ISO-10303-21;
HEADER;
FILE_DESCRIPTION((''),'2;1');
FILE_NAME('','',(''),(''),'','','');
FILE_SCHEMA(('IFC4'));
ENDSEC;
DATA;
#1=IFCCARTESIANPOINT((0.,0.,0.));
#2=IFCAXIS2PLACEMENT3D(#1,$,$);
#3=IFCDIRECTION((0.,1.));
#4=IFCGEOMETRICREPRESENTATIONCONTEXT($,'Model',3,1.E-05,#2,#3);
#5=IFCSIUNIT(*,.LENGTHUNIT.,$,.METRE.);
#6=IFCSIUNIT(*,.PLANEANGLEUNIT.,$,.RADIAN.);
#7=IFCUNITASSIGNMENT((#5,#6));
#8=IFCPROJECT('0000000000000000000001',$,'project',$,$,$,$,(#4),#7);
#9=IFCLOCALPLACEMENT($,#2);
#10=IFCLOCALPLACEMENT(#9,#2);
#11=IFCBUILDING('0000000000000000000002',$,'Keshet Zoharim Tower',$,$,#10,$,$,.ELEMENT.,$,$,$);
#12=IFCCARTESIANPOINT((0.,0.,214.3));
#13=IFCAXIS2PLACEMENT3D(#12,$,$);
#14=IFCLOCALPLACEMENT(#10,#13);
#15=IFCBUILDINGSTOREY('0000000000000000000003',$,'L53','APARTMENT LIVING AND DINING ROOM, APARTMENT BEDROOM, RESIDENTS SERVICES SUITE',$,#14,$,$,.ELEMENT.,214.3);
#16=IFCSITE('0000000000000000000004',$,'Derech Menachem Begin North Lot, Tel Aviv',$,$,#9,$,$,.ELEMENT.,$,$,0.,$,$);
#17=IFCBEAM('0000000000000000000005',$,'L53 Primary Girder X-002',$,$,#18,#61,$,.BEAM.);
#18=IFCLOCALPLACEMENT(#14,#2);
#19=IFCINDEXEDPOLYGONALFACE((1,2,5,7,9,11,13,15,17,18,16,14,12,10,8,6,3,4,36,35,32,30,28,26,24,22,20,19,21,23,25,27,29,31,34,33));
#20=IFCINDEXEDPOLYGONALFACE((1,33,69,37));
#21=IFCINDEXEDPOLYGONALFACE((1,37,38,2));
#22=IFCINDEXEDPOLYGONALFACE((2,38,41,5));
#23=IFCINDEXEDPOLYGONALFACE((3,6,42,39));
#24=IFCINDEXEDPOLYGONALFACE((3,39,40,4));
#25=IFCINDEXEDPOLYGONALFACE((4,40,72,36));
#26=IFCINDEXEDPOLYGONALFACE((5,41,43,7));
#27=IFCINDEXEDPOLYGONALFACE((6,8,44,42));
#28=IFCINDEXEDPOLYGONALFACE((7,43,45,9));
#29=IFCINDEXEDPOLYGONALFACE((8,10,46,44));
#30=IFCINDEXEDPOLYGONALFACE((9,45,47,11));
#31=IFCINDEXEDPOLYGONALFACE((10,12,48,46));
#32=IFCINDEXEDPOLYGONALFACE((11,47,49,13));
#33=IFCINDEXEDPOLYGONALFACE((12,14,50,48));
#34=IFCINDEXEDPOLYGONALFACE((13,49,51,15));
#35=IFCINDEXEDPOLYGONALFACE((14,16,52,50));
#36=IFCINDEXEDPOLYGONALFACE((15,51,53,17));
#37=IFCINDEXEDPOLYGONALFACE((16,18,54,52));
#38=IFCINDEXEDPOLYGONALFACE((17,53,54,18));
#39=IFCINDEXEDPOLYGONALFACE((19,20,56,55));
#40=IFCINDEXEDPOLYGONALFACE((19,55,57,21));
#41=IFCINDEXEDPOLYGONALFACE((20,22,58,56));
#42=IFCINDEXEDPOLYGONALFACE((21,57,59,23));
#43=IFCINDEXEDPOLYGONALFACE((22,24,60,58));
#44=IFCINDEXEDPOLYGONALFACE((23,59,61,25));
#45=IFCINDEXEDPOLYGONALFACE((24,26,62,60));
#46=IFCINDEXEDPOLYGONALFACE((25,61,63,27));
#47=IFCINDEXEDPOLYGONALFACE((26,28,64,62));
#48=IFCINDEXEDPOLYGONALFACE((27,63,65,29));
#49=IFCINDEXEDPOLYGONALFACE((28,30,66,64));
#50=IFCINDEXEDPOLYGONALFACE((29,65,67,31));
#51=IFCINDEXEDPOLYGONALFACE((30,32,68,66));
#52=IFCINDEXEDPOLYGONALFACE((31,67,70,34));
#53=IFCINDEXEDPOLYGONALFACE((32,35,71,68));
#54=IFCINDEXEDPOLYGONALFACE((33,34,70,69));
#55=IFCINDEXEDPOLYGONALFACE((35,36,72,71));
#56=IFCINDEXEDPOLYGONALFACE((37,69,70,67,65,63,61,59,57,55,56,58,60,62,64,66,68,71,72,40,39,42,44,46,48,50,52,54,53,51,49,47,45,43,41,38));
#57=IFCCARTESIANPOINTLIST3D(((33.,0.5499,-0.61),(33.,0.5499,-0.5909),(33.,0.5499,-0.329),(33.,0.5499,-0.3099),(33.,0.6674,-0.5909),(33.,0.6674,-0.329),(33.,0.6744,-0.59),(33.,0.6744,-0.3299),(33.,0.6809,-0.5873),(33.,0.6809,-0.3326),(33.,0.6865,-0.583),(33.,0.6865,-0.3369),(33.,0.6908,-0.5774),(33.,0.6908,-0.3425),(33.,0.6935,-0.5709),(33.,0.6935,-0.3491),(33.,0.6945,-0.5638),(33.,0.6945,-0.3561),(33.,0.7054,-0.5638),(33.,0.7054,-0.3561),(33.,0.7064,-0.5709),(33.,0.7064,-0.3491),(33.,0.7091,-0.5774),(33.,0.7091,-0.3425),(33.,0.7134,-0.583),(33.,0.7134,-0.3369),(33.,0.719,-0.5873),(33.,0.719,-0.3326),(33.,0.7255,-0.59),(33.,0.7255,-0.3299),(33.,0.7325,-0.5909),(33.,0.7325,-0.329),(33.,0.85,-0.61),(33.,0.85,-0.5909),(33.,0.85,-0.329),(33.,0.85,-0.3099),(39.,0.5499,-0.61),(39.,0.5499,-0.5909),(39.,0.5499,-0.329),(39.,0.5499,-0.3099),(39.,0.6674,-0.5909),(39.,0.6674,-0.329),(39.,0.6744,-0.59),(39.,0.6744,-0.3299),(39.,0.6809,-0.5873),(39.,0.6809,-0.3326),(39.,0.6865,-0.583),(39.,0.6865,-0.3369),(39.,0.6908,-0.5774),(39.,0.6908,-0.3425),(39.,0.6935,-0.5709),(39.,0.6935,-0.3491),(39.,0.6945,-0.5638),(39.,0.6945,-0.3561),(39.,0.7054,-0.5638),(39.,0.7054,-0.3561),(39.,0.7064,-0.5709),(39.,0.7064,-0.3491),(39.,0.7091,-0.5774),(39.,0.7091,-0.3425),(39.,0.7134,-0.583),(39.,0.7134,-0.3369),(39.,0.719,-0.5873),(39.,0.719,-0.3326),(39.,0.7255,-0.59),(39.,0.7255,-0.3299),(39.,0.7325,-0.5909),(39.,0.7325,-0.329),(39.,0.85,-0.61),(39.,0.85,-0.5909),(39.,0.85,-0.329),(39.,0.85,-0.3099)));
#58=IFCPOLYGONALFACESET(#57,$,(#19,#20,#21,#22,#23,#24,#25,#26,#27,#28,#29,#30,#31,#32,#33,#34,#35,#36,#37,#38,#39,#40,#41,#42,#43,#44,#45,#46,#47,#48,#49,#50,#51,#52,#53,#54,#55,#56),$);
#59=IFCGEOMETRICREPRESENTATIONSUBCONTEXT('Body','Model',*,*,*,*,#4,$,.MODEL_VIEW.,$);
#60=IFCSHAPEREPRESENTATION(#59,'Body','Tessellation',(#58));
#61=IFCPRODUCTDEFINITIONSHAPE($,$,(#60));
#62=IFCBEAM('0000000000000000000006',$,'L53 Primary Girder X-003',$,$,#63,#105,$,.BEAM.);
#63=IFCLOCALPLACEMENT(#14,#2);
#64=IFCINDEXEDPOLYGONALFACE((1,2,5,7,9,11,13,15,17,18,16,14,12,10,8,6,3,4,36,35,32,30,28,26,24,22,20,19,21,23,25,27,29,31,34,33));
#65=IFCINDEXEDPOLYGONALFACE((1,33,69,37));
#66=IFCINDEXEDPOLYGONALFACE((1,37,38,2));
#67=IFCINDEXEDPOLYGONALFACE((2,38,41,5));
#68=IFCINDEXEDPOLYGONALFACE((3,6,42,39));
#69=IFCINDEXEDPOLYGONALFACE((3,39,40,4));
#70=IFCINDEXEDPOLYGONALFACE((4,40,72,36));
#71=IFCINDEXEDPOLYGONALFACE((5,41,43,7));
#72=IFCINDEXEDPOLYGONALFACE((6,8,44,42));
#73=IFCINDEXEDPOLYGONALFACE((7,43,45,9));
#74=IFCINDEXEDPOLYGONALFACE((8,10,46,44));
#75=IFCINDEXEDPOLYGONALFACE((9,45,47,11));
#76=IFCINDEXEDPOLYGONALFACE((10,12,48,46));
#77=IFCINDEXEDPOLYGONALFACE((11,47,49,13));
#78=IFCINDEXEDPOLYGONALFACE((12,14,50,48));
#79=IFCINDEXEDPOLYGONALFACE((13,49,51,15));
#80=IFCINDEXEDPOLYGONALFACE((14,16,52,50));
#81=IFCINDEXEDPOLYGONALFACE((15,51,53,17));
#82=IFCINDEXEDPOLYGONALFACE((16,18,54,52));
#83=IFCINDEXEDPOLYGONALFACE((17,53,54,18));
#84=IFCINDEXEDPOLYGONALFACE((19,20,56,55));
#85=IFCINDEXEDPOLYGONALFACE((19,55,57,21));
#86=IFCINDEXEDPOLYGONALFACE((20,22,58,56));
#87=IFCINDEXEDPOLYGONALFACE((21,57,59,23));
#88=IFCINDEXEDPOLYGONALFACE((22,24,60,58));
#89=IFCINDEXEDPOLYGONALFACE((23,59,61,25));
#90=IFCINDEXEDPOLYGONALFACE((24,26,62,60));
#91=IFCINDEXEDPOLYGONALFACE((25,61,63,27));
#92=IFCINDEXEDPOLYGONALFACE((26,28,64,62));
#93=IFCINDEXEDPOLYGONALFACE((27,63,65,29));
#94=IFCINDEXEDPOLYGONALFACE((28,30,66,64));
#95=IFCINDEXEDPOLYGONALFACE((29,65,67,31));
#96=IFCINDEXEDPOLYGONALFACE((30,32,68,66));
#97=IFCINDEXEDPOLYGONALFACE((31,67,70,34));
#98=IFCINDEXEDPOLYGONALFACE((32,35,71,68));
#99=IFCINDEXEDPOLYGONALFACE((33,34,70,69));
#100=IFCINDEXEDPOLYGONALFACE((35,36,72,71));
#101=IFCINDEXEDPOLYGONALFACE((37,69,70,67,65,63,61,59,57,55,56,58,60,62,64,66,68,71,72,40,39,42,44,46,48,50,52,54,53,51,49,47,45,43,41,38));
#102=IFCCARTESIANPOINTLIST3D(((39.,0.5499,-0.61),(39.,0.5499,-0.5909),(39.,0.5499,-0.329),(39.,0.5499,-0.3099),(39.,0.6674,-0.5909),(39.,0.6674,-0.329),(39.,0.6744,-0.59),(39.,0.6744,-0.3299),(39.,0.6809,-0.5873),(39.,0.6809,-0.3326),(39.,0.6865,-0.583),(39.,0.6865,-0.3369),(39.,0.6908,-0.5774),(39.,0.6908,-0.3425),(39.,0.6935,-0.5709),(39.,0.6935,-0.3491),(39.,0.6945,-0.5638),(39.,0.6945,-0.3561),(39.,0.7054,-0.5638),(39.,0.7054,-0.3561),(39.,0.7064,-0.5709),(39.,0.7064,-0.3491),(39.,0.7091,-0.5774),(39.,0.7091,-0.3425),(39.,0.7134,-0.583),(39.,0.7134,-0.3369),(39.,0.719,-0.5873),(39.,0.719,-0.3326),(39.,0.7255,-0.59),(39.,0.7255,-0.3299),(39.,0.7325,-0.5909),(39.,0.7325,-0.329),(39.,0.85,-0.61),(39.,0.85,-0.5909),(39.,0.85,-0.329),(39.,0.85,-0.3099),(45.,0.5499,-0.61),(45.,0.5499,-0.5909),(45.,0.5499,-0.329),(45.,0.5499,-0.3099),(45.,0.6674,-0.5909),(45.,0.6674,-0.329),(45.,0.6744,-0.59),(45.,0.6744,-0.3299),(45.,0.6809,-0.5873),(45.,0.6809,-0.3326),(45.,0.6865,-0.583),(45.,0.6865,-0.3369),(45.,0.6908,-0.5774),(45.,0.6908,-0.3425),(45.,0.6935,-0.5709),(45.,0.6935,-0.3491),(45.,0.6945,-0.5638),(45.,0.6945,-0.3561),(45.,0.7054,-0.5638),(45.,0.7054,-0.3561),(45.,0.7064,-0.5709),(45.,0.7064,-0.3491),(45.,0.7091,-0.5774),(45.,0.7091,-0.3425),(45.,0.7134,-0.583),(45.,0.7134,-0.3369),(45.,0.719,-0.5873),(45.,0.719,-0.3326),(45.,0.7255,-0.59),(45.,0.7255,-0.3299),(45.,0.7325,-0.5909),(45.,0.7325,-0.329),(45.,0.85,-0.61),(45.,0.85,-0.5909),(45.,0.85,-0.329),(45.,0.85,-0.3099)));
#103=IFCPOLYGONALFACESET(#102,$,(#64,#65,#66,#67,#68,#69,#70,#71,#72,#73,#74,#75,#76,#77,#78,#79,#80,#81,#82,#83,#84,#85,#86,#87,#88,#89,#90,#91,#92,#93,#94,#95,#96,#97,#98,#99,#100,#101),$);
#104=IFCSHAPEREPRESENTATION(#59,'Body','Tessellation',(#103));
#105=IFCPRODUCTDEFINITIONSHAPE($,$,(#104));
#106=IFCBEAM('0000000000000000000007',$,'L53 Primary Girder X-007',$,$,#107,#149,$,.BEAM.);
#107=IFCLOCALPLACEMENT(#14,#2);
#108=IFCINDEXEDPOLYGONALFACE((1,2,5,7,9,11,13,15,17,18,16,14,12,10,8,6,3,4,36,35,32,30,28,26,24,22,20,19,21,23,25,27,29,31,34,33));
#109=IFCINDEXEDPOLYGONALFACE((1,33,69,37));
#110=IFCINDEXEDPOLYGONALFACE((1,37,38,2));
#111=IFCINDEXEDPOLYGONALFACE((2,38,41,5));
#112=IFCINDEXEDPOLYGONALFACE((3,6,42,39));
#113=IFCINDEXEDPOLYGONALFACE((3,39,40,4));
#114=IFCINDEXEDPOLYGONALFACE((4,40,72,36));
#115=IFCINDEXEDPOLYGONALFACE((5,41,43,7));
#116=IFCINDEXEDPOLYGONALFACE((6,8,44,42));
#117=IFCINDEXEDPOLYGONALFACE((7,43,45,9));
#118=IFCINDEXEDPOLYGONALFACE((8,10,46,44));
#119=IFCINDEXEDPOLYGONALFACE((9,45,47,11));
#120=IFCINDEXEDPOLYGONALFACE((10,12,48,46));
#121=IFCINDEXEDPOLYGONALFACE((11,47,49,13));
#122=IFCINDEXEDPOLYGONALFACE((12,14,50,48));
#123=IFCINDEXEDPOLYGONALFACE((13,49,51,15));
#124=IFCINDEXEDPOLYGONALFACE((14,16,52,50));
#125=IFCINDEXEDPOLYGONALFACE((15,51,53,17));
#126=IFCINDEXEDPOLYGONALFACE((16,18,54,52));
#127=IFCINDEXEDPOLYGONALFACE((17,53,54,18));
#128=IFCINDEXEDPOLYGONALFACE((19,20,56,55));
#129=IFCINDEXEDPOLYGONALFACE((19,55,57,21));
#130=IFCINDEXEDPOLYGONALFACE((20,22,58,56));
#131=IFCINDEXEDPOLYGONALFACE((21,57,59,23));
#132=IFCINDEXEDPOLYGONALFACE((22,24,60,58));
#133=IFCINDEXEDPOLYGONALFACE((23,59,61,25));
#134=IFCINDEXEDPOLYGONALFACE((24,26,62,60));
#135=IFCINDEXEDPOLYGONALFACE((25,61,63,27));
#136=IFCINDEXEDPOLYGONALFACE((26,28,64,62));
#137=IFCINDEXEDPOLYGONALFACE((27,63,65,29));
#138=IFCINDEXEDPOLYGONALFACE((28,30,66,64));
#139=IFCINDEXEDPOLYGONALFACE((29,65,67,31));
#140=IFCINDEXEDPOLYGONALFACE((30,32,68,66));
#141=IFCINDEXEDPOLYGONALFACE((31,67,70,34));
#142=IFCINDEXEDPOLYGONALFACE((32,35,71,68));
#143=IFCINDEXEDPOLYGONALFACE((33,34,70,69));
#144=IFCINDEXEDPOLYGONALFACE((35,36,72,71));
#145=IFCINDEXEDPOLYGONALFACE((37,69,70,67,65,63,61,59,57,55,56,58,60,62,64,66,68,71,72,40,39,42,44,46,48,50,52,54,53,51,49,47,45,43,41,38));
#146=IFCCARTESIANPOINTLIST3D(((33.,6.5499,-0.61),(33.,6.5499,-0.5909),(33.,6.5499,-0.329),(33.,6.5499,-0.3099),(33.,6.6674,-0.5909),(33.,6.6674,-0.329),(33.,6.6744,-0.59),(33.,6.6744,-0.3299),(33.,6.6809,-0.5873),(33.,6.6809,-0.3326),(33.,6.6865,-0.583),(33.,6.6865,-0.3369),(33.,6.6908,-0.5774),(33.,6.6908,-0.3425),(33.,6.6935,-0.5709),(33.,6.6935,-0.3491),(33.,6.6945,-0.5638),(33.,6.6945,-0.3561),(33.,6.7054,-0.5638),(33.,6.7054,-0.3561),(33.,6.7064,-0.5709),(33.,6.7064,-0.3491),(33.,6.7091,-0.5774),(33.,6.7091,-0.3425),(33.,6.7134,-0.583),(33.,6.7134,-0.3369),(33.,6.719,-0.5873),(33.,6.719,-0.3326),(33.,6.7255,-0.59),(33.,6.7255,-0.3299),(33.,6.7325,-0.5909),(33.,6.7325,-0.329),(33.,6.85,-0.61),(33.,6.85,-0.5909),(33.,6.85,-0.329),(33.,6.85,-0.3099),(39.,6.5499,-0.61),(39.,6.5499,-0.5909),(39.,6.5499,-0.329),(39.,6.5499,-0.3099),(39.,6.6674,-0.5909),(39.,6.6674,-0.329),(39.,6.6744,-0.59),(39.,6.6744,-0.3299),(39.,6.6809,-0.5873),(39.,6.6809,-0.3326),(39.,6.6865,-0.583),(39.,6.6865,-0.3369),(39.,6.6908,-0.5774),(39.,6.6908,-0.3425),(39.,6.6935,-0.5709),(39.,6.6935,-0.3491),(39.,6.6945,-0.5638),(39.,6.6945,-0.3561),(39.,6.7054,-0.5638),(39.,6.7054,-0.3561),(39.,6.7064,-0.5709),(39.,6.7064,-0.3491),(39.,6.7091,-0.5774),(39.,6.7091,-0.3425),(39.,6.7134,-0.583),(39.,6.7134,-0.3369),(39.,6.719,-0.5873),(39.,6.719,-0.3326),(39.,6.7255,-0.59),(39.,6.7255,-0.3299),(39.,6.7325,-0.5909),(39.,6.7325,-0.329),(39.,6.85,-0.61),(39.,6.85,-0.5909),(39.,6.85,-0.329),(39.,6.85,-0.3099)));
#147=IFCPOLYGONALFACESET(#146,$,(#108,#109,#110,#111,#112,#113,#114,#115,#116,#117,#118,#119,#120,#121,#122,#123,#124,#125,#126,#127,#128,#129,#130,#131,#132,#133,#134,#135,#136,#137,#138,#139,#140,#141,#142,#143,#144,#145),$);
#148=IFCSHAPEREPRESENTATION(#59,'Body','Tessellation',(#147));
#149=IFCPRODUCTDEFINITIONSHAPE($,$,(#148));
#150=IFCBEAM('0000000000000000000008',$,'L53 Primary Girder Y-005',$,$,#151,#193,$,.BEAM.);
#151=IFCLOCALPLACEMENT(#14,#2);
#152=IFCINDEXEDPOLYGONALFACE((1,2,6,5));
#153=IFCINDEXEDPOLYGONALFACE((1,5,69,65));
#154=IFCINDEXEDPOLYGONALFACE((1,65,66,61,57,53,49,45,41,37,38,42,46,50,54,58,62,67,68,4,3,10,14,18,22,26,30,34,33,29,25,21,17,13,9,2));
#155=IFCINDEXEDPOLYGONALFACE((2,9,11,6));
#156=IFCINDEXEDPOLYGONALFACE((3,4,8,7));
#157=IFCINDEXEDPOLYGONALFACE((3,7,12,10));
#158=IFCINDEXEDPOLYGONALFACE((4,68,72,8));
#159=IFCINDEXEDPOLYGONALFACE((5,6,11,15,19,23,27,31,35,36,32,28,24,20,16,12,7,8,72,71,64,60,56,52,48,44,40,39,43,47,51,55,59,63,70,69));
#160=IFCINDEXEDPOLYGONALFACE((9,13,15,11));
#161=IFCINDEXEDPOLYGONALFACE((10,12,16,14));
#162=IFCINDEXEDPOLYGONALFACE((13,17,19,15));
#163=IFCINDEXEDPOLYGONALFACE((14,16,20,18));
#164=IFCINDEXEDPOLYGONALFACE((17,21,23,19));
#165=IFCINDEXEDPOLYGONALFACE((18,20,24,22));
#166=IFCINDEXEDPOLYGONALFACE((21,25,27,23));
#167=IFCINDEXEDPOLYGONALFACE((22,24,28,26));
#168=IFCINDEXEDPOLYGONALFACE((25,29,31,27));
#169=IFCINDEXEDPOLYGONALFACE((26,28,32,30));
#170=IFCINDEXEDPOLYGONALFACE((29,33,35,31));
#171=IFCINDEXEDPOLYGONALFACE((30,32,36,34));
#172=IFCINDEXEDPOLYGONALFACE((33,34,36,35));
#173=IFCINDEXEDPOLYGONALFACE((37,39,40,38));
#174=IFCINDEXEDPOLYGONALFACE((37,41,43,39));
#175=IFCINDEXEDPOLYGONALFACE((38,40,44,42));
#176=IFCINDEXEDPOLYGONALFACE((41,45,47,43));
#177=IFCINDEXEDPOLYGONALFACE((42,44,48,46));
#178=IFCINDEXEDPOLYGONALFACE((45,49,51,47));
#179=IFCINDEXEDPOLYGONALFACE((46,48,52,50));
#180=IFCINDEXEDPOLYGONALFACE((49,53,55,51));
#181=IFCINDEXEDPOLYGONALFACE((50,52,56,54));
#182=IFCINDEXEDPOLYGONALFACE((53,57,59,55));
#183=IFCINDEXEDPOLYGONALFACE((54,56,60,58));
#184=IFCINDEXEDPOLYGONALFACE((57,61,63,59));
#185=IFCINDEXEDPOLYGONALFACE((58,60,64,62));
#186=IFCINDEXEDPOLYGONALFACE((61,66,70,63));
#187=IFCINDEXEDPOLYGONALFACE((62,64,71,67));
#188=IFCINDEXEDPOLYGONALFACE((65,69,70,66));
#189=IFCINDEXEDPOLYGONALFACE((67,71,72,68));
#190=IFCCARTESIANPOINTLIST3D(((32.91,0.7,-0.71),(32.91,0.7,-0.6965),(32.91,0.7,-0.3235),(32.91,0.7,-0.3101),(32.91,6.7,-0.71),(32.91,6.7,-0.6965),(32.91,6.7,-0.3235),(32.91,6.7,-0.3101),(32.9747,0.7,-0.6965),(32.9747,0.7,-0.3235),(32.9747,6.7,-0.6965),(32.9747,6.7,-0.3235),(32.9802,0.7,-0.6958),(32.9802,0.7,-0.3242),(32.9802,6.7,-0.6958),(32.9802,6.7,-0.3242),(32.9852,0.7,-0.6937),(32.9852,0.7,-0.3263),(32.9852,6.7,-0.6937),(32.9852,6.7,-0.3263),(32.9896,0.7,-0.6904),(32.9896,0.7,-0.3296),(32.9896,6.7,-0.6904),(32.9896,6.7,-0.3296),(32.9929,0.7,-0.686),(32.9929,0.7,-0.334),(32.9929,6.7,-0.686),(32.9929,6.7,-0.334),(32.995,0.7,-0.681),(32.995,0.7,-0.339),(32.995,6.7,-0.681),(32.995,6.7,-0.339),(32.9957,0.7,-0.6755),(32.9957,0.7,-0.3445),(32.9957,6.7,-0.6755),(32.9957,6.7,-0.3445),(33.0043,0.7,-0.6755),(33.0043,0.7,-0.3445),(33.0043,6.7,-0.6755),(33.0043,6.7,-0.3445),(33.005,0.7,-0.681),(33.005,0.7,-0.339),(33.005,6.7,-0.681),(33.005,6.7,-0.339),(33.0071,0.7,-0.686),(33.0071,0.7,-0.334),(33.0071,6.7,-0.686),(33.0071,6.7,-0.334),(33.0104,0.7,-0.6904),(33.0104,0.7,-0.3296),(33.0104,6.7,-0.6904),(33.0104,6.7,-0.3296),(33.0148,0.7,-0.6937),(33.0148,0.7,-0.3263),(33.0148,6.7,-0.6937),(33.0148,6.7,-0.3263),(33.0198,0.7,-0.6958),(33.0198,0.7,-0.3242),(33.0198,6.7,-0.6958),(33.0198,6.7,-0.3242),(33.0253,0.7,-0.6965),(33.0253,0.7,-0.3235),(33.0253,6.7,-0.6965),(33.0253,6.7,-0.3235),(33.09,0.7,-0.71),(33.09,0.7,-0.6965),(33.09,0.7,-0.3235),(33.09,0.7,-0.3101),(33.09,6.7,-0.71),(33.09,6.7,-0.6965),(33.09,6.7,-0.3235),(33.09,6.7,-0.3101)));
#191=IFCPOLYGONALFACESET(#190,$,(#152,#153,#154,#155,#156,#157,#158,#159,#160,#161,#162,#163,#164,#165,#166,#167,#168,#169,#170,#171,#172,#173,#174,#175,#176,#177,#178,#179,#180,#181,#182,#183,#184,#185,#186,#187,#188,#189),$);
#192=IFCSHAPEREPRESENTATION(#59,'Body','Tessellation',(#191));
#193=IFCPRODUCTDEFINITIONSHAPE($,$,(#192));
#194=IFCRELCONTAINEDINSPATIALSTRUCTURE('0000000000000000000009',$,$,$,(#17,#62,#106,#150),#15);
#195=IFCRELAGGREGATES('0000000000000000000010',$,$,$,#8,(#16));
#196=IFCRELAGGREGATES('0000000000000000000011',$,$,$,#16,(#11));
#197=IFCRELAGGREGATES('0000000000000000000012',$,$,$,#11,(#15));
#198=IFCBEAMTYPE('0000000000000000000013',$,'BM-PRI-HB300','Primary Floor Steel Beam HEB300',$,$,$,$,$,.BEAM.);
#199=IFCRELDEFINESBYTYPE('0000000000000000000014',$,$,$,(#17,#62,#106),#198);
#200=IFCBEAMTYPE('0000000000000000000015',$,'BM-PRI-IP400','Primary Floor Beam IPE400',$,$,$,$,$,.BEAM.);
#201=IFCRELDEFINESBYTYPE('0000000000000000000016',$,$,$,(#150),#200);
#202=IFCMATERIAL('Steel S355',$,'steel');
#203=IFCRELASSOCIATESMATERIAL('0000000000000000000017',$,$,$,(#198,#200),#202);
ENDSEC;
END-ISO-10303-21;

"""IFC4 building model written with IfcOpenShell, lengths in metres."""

from ifc_helpers import new_model, si_unit, direction, frame, origin, origin_2d, place, context, subcontext, project, spatial, i_section, extrude, material, material_profile, profile_set, type_object, element, save


model = new_model("IFC4")

# Units and contexts
model_context = context("Model", 3, precision=1e-05, world=origin(), true_north=direction((0.0, 1.0)))
body_context = subcontext(model_context, "Body", "Model", "MODEL_VIEW")
ifc_project = project(units=[si_unit("LENGTHUNIT", "METRE"), si_unit("PLANEANGLEUNIT", "RADIAN")], contexts=[model_context])

# Site, building, storey
site_placement = place(None, origin())
site = spatial("IfcSite", under=ifc_project, at=site_placement, Name="Derech Menachem Begin North Lot, Tel Aviv", CompositionType="ELEMENT", RefElevation=0.0)
building_placement = place(site_placement, origin())
building = spatial("IfcBuilding", under=site, at=building_placement, Name="Keshet Zoharim Tower", CompositionType="ELEMENT")
storey_placement = place(building_placement, frame((0.0, 0.0, 214.3)))
storey = spatial("IfcBuildingStorey", under=building, at=storey_placement, Name="L53", Description="APARTMENT LIVING AND DINING ROOM, APARTMENT BEDROOM, RESIDENTS SERVICES SUITE", CompositionType="ELEMENT", Elevation=214.3)

# Shared definitions
ifc_material_1 = material(Name="Steel S355", Category="steel")

# Beams
ifc_material_profile_1 = material_profile(ifc_material_1, i_section(OverallWidth=0.3, OverallDepth=0.3, WebThickness=0.011, FlangeThickness=0.019, FilletRadius=0.0271, at=origin_2d()), Name="HEB300")
ifc_profile_set_1 = profile_set([ifc_material_profile_1], Name="Steel S355")
beam_type_1 = type_object("IfcBeamType", Name="BM-PRI-HB300", Description="Primary Floor Steel Beam HEB300", PredefinedType="BEAM", material=ifc_profile_set_1)
for number, where, z_axis, x_axis, name in (
    (1, (33.0, 0.7, -0.46), (1.0, 0.0, 0.0), (0.0, 1.0, 0.0), "L53 Primary Girder X-002"),
    (2, (39.0, 0.7, -0.46), (1.0, 0.0, 0.0), (0.0, 1.0, 0.0), "L53 Primary Girder X-003"),
    (3, (33.0, 6.7, -0.46), (1.0, 0.0, 0.0), (0.0, 1.0, 0.0), "L53 Primary Girder X-007"),
):
    element("IfcBeam", number, at=place(storey_placement, frame(where, z_axis=z_axis, x_axis=x_axis)), inside=storey, type_object=beam_type_1, Name=name, PredefinedType="BEAM", context=body_context, shape_type="SweptSolid", body=[
        extrude(i_section(OverallWidth=0.3, OverallDepth=0.3, WebThickness=0.011, FlangeThickness=0.019, FilletRadius=0.0271, at=origin_2d()), origin(), (0.0, 0.0, 1.0), 6.0),
    ])
ifc_material_profile_2 = material_profile(ifc_material_1, i_section(OverallWidth=0.1799, OverallDepth=0.3999, WebThickness=0.0085, FlangeThickness=0.0134, FilletRadius=0.021, at=origin_2d()), Name="IPE400")
ifc_profile_set_2 = profile_set([ifc_material_profile_2], Name="Steel S355")
beam_type_2 = type_object("IfcBeamType", Name="BM-PRI-IP400", Description="Primary Floor Beam IPE400", PredefinedType="BEAM", material=ifc_profile_set_2)
for number, where, z_axis, x_axis, name in (
    (4, (33.0, 0.7, -0.51), (0.0, 1.0, 0.0), (-1.0, 0.0, 0.0), "L53 Primary Girder Y-005"),
):
    element("IfcBeam", number, at=place(storey_placement, frame(where, z_axis=z_axis, x_axis=x_axis)), inside=storey, type_object=beam_type_2, Name=name, PredefinedType="BEAM", context=body_context, shape_type="SweptSolid", body=[
        extrude(i_section(OverallWidth=0.1799, OverallDepth=0.3999, WebThickness=0.0085, FlangeThickness=0.0134, FilletRadius=0.021, at=origin_2d()), origin(), (0.0, 0.0, 1.0), 6.0),
    ])

save(model, "model.ifc")
